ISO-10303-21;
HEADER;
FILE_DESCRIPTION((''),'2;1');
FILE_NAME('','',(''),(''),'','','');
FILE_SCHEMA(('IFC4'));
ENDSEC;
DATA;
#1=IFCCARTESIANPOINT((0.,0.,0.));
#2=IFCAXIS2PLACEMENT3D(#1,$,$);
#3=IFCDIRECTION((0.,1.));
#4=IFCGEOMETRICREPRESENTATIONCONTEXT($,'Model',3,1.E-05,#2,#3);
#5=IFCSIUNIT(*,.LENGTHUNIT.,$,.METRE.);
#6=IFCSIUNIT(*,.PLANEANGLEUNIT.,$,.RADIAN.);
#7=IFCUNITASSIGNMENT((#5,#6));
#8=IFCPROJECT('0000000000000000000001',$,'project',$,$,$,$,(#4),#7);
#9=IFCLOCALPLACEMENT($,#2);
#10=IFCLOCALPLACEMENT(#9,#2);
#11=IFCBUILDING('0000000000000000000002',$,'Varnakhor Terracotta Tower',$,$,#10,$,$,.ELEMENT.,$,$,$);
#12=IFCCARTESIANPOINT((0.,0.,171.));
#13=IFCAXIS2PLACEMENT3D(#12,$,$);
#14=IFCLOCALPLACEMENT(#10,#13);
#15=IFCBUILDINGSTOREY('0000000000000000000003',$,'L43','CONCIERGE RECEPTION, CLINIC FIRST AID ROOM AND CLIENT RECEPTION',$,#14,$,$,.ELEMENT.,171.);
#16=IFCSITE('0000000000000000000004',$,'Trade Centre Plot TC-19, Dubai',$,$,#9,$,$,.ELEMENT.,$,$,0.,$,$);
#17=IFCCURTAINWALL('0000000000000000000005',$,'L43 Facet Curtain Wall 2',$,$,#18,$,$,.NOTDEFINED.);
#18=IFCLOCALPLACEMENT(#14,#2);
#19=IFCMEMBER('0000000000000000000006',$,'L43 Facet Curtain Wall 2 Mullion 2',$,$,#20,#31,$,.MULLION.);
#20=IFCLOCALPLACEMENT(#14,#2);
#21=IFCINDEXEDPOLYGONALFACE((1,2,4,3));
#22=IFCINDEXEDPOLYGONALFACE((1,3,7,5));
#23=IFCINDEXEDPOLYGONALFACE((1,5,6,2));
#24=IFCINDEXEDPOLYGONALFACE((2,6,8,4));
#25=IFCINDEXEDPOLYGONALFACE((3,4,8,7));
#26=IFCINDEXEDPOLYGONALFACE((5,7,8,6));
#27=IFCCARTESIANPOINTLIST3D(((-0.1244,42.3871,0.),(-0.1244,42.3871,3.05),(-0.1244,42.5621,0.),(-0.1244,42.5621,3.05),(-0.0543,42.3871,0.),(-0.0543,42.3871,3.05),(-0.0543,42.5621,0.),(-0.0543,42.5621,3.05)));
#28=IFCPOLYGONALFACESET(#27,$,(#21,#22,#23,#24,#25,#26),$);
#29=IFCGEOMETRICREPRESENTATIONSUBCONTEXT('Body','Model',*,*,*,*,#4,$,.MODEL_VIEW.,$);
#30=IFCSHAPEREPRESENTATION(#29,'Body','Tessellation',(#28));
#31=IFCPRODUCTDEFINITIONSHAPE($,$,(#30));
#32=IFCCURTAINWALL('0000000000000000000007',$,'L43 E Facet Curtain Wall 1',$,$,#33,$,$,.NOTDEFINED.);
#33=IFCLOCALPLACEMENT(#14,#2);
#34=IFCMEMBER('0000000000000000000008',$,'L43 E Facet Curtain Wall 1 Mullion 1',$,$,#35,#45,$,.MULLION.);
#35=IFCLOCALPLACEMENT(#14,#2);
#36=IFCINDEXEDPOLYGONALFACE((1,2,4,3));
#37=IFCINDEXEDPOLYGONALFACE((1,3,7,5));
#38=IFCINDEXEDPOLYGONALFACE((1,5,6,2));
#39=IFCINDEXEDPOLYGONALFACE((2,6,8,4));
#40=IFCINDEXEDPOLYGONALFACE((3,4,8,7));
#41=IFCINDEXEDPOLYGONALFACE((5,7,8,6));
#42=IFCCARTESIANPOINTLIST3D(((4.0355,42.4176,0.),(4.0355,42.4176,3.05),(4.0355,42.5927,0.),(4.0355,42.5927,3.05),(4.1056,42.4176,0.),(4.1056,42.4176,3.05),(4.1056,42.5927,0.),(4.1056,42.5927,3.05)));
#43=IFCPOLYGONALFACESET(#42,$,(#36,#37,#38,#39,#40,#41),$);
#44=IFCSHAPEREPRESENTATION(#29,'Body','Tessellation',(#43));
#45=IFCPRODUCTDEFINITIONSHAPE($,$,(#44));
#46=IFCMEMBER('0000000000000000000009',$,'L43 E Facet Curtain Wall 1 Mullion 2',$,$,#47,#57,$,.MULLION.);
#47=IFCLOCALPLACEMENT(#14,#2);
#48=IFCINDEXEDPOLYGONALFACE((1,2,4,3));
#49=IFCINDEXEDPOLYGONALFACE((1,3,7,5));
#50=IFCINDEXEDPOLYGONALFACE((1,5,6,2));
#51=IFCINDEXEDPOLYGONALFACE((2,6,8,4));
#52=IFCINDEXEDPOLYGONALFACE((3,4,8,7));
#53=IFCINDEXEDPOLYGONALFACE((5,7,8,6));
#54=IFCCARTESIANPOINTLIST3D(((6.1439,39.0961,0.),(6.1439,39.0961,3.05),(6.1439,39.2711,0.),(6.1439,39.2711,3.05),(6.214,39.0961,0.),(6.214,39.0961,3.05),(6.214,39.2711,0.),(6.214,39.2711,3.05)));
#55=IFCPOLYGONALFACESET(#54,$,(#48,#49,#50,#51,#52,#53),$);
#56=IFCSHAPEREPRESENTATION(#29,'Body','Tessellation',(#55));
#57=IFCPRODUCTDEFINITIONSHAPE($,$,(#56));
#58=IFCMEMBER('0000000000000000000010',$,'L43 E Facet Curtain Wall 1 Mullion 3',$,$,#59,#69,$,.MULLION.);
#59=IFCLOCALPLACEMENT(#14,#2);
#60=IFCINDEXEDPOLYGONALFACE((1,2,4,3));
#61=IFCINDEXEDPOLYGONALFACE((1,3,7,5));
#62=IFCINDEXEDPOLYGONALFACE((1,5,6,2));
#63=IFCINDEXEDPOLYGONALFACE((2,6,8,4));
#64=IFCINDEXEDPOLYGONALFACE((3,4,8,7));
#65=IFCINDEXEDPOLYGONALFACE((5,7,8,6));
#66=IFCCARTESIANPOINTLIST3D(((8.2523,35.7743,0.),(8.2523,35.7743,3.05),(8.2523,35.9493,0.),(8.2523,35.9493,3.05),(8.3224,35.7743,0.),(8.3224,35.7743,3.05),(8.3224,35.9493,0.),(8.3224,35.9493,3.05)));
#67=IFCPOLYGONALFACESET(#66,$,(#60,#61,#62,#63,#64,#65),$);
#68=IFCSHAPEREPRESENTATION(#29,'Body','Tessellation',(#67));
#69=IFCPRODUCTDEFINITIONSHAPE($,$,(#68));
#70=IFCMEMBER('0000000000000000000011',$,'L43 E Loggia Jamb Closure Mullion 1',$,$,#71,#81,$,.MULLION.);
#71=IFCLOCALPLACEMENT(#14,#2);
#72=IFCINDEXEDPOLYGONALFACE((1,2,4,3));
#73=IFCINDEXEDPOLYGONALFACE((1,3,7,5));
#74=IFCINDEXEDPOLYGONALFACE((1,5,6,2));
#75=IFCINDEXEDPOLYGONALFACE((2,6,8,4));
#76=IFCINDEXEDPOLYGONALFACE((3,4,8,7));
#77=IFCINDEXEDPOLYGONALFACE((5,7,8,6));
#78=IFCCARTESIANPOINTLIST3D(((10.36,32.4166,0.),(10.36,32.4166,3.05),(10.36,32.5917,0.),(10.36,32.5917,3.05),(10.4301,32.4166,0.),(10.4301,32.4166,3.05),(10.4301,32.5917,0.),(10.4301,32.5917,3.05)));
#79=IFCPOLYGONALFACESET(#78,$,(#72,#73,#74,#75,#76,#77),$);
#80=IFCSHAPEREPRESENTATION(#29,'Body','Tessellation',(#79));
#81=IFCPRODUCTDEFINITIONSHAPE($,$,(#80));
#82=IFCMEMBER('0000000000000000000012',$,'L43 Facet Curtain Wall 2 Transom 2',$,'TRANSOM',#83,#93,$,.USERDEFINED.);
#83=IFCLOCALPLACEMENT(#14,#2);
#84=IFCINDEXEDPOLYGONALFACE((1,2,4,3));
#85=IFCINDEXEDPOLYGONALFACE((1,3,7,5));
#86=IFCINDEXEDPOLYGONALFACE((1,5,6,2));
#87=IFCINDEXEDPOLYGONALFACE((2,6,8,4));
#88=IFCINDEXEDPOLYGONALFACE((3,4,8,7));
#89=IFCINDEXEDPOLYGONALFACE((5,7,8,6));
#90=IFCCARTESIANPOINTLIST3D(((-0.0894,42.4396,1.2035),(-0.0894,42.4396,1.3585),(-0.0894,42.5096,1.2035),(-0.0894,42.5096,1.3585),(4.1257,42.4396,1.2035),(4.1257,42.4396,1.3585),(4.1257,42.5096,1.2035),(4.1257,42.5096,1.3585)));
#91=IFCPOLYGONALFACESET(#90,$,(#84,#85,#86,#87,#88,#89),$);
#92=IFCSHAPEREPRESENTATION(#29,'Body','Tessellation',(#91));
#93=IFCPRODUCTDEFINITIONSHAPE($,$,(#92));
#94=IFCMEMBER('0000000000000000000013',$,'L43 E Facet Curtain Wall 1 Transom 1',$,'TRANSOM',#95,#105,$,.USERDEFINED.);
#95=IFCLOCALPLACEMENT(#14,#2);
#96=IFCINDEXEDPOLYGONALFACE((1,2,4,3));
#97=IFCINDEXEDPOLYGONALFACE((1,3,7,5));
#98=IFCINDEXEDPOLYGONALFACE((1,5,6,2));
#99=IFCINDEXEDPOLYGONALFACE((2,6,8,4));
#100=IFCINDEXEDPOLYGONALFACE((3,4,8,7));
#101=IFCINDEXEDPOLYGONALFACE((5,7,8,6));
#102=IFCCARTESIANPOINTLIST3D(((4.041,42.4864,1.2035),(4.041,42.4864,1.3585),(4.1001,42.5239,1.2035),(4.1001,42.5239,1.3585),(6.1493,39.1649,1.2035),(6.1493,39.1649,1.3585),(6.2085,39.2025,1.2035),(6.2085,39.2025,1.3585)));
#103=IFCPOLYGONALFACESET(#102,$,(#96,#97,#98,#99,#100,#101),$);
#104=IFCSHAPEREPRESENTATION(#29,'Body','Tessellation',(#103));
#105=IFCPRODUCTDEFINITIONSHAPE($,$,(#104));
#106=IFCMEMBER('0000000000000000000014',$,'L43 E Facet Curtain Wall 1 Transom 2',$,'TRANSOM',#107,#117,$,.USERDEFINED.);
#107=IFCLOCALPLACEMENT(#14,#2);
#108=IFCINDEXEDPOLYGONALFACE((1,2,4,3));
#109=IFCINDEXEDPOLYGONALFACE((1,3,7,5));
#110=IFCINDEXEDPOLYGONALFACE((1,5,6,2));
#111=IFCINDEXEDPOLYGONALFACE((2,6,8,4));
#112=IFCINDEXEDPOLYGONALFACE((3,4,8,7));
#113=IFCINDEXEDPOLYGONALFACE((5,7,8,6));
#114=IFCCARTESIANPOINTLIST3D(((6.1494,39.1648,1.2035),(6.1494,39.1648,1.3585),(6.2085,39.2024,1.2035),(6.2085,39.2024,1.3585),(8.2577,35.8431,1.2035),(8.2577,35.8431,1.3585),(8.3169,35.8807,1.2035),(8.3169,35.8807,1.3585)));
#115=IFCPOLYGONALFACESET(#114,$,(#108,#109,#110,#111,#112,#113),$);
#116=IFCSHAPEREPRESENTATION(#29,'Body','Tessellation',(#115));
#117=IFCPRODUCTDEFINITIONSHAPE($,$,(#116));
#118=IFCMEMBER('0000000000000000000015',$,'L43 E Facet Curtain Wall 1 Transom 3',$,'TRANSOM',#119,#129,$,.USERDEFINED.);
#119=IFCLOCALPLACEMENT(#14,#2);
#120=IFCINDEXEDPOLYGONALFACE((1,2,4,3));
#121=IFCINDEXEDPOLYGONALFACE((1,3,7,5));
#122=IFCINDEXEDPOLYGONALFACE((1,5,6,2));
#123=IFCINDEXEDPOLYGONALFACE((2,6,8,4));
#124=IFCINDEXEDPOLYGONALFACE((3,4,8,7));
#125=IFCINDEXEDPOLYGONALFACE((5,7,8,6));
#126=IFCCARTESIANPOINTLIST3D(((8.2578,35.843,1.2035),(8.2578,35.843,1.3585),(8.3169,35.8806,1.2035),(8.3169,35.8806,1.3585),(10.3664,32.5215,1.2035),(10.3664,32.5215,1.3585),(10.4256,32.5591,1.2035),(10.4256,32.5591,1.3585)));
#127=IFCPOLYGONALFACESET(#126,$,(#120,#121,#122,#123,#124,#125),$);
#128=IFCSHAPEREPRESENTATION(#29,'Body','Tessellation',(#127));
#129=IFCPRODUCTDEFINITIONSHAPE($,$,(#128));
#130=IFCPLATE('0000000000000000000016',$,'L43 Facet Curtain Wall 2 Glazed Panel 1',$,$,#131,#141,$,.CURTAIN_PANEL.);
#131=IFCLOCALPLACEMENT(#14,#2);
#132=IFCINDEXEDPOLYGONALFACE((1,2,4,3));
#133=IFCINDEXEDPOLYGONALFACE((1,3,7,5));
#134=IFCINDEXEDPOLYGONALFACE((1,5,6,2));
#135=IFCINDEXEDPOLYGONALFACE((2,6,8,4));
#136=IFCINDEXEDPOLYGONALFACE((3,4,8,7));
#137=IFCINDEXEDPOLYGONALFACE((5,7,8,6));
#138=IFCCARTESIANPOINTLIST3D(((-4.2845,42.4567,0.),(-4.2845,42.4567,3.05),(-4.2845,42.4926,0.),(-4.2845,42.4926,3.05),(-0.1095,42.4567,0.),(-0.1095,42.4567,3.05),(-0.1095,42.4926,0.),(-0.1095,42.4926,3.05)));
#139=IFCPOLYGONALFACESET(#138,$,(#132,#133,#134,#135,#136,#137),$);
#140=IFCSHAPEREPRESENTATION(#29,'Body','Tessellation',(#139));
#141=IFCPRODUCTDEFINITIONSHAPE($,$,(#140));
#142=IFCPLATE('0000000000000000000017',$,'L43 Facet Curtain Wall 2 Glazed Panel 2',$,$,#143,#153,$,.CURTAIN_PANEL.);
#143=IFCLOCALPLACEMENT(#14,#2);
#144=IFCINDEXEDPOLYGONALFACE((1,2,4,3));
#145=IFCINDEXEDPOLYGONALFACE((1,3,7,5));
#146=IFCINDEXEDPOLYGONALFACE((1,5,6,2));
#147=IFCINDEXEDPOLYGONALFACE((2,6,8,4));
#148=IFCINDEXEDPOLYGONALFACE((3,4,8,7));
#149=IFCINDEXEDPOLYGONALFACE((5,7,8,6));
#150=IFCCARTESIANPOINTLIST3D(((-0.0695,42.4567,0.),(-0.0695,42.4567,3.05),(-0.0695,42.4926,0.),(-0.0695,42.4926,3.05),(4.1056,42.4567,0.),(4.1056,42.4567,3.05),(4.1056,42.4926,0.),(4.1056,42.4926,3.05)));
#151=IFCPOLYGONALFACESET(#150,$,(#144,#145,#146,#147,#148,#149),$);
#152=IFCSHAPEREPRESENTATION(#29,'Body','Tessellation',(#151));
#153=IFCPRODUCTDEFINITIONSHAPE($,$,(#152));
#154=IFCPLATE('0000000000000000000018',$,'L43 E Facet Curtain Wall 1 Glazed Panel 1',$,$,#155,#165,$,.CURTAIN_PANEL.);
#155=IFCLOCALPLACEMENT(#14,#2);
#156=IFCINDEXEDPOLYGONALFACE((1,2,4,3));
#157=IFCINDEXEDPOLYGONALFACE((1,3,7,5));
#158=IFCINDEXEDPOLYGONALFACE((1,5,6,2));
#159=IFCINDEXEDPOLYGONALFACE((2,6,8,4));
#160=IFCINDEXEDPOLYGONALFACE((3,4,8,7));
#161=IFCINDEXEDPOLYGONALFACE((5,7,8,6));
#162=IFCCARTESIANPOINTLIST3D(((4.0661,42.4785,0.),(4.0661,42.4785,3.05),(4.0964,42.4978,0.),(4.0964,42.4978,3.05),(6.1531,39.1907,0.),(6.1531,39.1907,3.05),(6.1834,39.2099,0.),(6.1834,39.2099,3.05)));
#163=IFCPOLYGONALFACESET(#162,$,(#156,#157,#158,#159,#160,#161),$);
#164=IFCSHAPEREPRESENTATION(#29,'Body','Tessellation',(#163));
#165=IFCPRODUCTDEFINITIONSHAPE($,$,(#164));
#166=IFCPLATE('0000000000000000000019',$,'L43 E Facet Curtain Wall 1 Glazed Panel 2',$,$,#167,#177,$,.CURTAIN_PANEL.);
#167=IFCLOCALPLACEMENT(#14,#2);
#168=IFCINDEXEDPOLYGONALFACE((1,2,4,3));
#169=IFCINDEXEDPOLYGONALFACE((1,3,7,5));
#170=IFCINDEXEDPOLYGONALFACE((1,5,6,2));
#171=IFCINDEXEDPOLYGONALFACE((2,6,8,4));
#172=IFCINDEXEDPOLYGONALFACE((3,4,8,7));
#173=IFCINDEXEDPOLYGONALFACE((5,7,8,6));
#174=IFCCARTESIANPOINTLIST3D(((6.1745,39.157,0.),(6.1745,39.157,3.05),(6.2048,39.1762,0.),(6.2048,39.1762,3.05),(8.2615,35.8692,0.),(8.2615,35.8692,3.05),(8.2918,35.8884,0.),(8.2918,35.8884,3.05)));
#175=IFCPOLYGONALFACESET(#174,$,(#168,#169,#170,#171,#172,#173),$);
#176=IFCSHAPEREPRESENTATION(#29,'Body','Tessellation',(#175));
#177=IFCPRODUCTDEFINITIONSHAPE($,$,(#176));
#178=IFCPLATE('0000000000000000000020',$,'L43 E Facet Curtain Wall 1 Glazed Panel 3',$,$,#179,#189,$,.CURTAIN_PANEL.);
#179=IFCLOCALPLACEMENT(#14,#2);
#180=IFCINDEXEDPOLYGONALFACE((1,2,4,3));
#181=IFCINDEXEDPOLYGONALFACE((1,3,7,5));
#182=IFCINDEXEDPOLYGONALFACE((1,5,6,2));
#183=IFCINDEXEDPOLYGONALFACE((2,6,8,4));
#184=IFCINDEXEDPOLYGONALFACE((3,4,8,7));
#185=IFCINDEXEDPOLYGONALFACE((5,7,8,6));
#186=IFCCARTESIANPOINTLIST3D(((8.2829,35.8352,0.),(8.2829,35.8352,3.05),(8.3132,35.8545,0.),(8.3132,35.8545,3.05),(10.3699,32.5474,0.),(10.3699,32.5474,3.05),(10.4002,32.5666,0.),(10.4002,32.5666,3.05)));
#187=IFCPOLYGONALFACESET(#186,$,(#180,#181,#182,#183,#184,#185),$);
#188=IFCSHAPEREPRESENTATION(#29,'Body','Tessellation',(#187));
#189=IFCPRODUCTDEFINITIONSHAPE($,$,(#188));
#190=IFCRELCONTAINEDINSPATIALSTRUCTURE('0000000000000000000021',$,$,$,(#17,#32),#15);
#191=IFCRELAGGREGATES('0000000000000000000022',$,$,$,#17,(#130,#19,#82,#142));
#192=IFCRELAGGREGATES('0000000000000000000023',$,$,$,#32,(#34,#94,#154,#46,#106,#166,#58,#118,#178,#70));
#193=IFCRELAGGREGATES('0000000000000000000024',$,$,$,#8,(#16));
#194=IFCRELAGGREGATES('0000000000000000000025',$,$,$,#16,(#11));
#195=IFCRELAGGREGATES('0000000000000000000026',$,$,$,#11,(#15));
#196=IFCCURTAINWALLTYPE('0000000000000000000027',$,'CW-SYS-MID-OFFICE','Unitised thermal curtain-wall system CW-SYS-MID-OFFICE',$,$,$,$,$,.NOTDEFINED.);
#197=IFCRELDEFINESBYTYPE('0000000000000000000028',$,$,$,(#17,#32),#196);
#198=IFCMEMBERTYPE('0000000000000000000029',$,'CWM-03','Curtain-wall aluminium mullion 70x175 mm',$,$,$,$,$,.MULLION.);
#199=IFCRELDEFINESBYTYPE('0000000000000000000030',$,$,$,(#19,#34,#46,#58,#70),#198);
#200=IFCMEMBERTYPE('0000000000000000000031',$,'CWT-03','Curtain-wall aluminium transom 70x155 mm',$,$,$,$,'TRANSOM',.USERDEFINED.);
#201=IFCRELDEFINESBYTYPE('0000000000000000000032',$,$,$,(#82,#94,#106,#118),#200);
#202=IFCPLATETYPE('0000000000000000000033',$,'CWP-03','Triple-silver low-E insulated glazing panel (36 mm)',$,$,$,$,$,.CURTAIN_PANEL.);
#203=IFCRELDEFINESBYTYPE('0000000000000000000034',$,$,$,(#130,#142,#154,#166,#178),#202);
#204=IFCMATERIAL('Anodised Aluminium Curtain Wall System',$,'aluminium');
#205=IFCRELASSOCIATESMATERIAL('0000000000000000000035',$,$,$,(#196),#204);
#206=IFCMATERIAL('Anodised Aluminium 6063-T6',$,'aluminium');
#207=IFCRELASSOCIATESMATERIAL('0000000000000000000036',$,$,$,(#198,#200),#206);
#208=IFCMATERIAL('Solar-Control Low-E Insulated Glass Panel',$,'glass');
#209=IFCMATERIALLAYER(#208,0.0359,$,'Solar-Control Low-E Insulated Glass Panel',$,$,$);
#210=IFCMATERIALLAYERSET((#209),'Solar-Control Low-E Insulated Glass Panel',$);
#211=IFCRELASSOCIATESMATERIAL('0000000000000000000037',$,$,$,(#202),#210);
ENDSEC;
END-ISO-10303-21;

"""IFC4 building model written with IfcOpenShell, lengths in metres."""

from ifc_helpers import new_model, si_unit, direction, frame, origin, origin_2d, place, context, subcontext, project, spatial, rectangle, extrude, source, transform, mapped, material, layer, layer_set, material_profile, profile_set, type_object, element, aggregate, save


model = new_model("IFC4")

# Units and contexts
model_context = context("Model", 3, precision=1e-05, world=origin(), true_north=direction((0.0, 1.0)))
body_context = subcontext(model_context, "Body", "Model", "MODEL_VIEW")
ifc_project = project(units=[si_unit("LENGTHUNIT", "METRE"), si_unit("PLANEANGLEUNIT", "RADIAN")], contexts=[model_context])

# Site, building, storey
site_placement = place(None, origin())
site = spatial("IfcSite", under=ifc_project, at=site_placement, Name="Trade Centre Plot TC-19, Dubai", CompositionType="ELEMENT", RefElevation=0.0)
building_placement = place(site_placement, origin())
building = spatial("IfcBuilding", under=site, at=building_placement, Name="Varnakhor Terracotta Tower", CompositionType="ELEMENT")
storey_placement = place(building_placement, frame((0.0, 0.0, 171.0)))
storey = spatial("IfcBuildingStorey", under=building, at=storey_placement, Name="L43", Description="CONCIERGE RECEPTION, CLINIC FIRST AID ROOM AND CLIENT RECEPTION", CompositionType="ELEMENT", Elevation=171.0)

# Curtain wall, member
ifc_material_1 = material(Name="Anodised Aluminium Curtain Wall System", Category="aluminium")
curtain_wall_type = type_object("IfcCurtainWallType", Name="CW-SYS-MID-OFFICE", Description="Unitised thermal curtain-wall system CW-SYS-MID-OFFICE", PredefinedType="NOTDEFINED", material=ifc_material_1)
curtain_wall_1_placement = place(storey_placement, origin())
curtain_wall_1 = element("IfcCurtainWall", 1, at=curtain_wall_1_placement, inside=storey, type_object=curtain_wall_type, Name="L43 Facet Curtain Wall 2", PredefinedType="NOTDEFINED")
ifc_material_2 = material(Name="Anodised Aluminium 6063-T6", Category="aluminium")
ifc_material_profile_1 = material_profile(ifc_material_2, rectangle(XDim=0.0701, YDim=0.175, at=origin_2d()), Name="ALU MULLION 70x175")
ifc_profile_set_1 = profile_set([ifc_material_profile_1], Name="Anodised Aluminium 6063-T6")
member_type_1 = type_object("IfcMemberType", Name="CWM-03", Description="Curtain-wall aluminium mullion 70x175 mm", PredefinedType="MULLION", material=ifc_profile_set_1)
shared_shape_1 = source(origin(), body_context, "Body", "SweptSolid", [
    extrude(rectangle(XDim=0.0701, YDim=0.175, at=origin_2d()), origin(), (0.0, 0.0, 1.0), 3.05),
])
member_1_placement = place(storey_placement, frame((-0.0894, 42.4746, 0.0), z_axis=(0.0, 0.0, 1.0), x_axis=(1.0, 0.0, 0.0)))
member_1 = element("IfcMember", 2, at=member_1_placement, type_object=member_type_1, Name="L43 Facet Curtain Wall 2 Mullion 2", PredefinedType="MULLION", context=body_context, shape_type="MappedRepresentation", body=[
    mapped(shared_shape_1, transform((0.0, 0.0, 0.0), scale=1.0)),
])

# Curtain wall, members
curtain_wall_2_placement = place(storey_placement, origin())
curtain_wall_2 = element("IfcCurtainWall", 3, at=curtain_wall_2_placement, inside=storey, type_object=curtain_wall_type, Name="L43 E Facet Curtain Wall 1", PredefinedType="NOTDEFINED")
member_2_placement = place(storey_placement, frame((4.0706, 42.5051, 0.0), z_axis=(0.0, 0.0, 1.0), x_axis=(1.0, 0.0, 0.0)))
member_2 = element("IfcMember", 4, at=member_2_placement, type_object=member_type_1, Name="L43 E Facet Curtain Wall 1 Mullion 1", PredefinedType="MULLION", context=body_context, shape_type="MappedRepresentation", body=[
    mapped(shared_shape_1, transform((0.0, 0.0, 0.0), scale=1.0)),
])
member_3_placement = place(storey_placement, frame((6.179, 39.1836, 0.0), z_axis=(0.0, 0.0, 1.0), x_axis=(1.0, 0.0, 0.0)))
member_3 = element("IfcMember", 5, at=member_3_placement, type_object=member_type_1, Name="L43 E Facet Curtain Wall 1 Mullion 2", PredefinedType="MULLION", context=body_context, shape_type="MappedRepresentation", body=[
    mapped(shared_shape_1, transform((0.0, 0.0, 0.0), scale=1.0)),
])
member_4_placement = place(storey_placement, frame((8.2874, 35.8618, 0.0), z_axis=(0.0, 0.0, 1.0), x_axis=(1.0, 0.0, 0.0)))
member_4 = element("IfcMember", 6, at=member_4_placement, type_object=member_type_1, Name="L43 E Facet Curtain Wall 1 Mullion 3", PredefinedType="MULLION", context=body_context, shape_type="MappedRepresentation", body=[
    mapped(shared_shape_1, transform((0.0, 0.0, 0.0), scale=1.0)),
])
member_5_placement = place(storey_placement, frame((10.395, 32.5042, 0.0), z_axis=(0.0, 0.0, 1.0), x_axis=(1.0, 0.0, 0.0)))
member_5 = element("IfcMember", 7, at=member_5_placement, type_object=member_type_1, Name="L43 E Loggia Jamb Closure Mullion 1", PredefinedType="MULLION", context=body_context, shape_type="MappedRepresentation", body=[
    mapped(shared_shape_1, transform((0.0, 0.0, 0.0), scale=1.0)),
])

# Members
ifc_material_profile_2 = material_profile(ifc_material_2, rectangle(XDim=0.0701, YDim=0.155, at=origin_2d()), Name="ALU TRANSOM 70x155")
ifc_profile_set_2 = profile_set([ifc_material_profile_2], Name="Anodised Aluminium 6063-T6")
member_type_2 = type_object("IfcMemberType", Name="CWT-03", Description="Curtain-wall aluminium transom 70x155 mm", ElementType="TRANSOM", PredefinedType="USERDEFINED", material=ifc_profile_set_2)
shared_shape_2 = source(origin(), body_context, "Body", "SweptSolid", [
    extrude(rectangle(XDim=0.0701, YDim=0.155, at=origin_2d()), origin(), (0.0, 0.0, 1.0), 4.2151),
])
member_6_placement = place(storey_placement, frame((-0.0894, 42.4746, 1.281), z_axis=(1.0, 0.0, 0.0), x_axis=(0.0, 1.0, 0.0)))
member_6 = element("IfcMember", 8, at=member_6_placement, type_object=member_type_2, Name="L43 Facet Curtain Wall 2 Transom 2", ObjectType="TRANSOM", PredefinedType="USERDEFINED", context=body_context, shape_type="MappedRepresentation", body=[
    mapped(shared_shape_2, transform((0.0, 0.0, 0.0), scale=1.0)),
])
shared_shape_3 = source(origin(), body_context, "Body", "SweptSolid", [
    extrude(rectangle(XDim=0.0701, YDim=0.155, at=origin_2d()), origin(), (0.0, 0.0, 1.0), 3.9341),
])
member_7_placement = place(storey_placement, frame((4.0706, 42.5051, 1.281), z_axis=(0.535915, -0.844272, 0.0), x_axis=(0.844272, 0.535915, 0.0)))
member_7 = element("IfcMember", 9, at=member_7_placement, type_object=member_type_2, Name="L43 E Facet Curtain Wall 1 Transom 1", ObjectType="TRANSOM", PredefinedType="USERDEFINED", context=body_context, shape_type="MappedRepresentation", body=[
    mapped(shared_shape_3, transform((0.0, 0.0, 0.0), scale=1.0)),
])
shared_shape_4 = source(origin(), body_context, "Body", "SweptSolid", [
    extrude(rectangle(XDim=0.0701, YDim=0.155, at=origin_2d()), origin(), (0.0, 0.0, 1.0), 3.9343),
])
member_8_placement = place(storey_placement, frame((6.179, 39.1836, 1.281), z_axis=(0.535887, -0.844289, 0.0), x_axis=(0.844289, 0.535887, 0.0)))
member_8 = element("IfcMember", 10, at=member_8_placement, type_object=member_type_2, Name="L43 E Facet Curtain Wall 1 Transom 2", ObjectType="TRANSOM", PredefinedType="USERDEFINED", context=body_context, shape_type="MappedRepresentation", body=[
    mapped(shared_shape_4, transform((0.0, 0.0, 0.0), scale=1.0)),
])
member_9_placement = place(storey_placement, frame((8.2874, 35.8618, 1.281), z_axis=(0.53596, -0.844244, 0.0), x_axis=(0.844244, 0.53596, 0.0)))
member_9 = element("IfcMember", 11, at=member_9_placement, type_object=member_type_2, Name="L43 E Facet Curtain Wall 1 Transom 3", ObjectType="TRANSOM", PredefinedType="USERDEFINED", context=body_context, shape_type="MappedRepresentation", body=[
    mapped(shared_shape_4, transform((0.0, 0.0, 0.0), scale=1.0)),
])

# Plates
ifc_material_3 = material(Name="Solar-Control Low-E Insulated Glass Panel", Category="glass")
ifc_layer_1 = layer(ifc_material_3, 0.0359, Name="Solar-Control Low-E Insulated Glass Panel")
ifc_layer_set_1 = layer_set([ifc_layer_1], Name="Solar-Control Low-E Insulated Glass Panel")
plate_type = type_object("IfcPlateType", Name="CWP-03", Description="Triple-silver low-E insulated glazing panel (36 mm)", PredefinedType="CURTAIN_PANEL", material=ifc_layer_set_1)
shared_shape_5 = source(origin(), body_context, "Body", "SweptSolid", [
    extrude(rectangle(XDim=4.175, YDim=0.0359, at=origin_2d()), origin(), (0.0, 0.0, 1.0), 3.05),
])
plate_1_placement = place(storey_placement, frame((-2.197, 42.4746, 0.0), z_axis=(0.0, 0.0, 1.0), x_axis=(1.0, 0.0, 0.0)))
plate_1 = element("IfcPlate", 12, at=plate_1_placement, type_object=plate_type, Name="L43 Facet Curtain Wall 2 Glazed Panel 1", PredefinedType="CURTAIN_PANEL", context=body_context, shape_type="MappedRepresentation", body=[
    mapped(shared_shape_5, transform((0.0, 0.0, 0.0), scale=1.0)),
])
plate_2_placement = place(storey_placement, frame((2.0181, 42.4746, 0.0), z_axis=(0.0, 0.0, 1.0), x_axis=(1.0, 0.0, 0.0)))
plate_2 = element("IfcPlate", 13, at=plate_2_placement, type_object=plate_type, Name="L43 Facet Curtain Wall 2 Glazed Panel 2", PredefinedType="CURTAIN_PANEL", context=body_context, shape_type="MappedRepresentation", body=[
    mapped(shared_shape_5, transform((0.0, 0.0, 0.0), scale=1.0)),
])
aggregate(curtain_wall_1, [plate_1, member_1, member_6, plate_2])
shared_shape_6 = source(origin(), body_context, "Body", "SweptSolid", [
    extrude(rectangle(XDim=3.8943, YDim=0.0359, at=origin_2d()), origin(), (0.0, 0.0, 1.0), 3.05),
])
plate_3_placement = place(storey_placement, frame((5.1248, 40.8442, 0.0), z_axis=(0.0, 0.0, 1.0), x_axis=(0.535915, -0.844272, 0.0)))
plate_3 = element("IfcPlate", 14, at=plate_3_placement, type_object=plate_type, Name="L43 E Facet Curtain Wall 1 Glazed Panel 1", PredefinedType="CURTAIN_PANEL", context=body_context, shape_type="MappedRepresentation", body=[
    mapped(shared_shape_6, transform((0.0, 0.0, 0.0), scale=1.0)),
])
plate_4_placement = place(storey_placement, frame((7.2332, 37.5227, 0.0), z_axis=(0.0, 0.0, 1.0), x_axis=(0.535915, -0.844272, 0.0)))
plate_4 = element("IfcPlate", 15, at=plate_4_placement, type_object=plate_type, Name="L43 E Facet Curtain Wall 1 Glazed Panel 2", PredefinedType="CURTAIN_PANEL", context=body_context, shape_type="MappedRepresentation", body=[
    mapped(shared_shape_6, transform((0.0, 0.0, 0.0), scale=1.0)),
])
plate_5_placement = place(storey_placement, frame((9.3416, 34.2009, 0.0), z_axis=(0.0, 0.0, 1.0), x_axis=(0.535915, -0.844272, 0.0)))
plate_5 = element("IfcPlate", 16, at=plate_5_placement, type_object=plate_type, Name="L43 E Facet Curtain Wall 1 Glazed Panel 3", PredefinedType="CURTAIN_PANEL", context=body_context, shape_type="MappedRepresentation", body=[
    mapped(shared_shape_6, transform((0.0, 0.0, 0.0), scale=1.0)),
])
aggregate(curtain_wall_2, [member_2, member_7, plate_3, member_3, member_8, plate_4, member_4, member_9, plate_5, member_5])

save(model, "model.ifc")
